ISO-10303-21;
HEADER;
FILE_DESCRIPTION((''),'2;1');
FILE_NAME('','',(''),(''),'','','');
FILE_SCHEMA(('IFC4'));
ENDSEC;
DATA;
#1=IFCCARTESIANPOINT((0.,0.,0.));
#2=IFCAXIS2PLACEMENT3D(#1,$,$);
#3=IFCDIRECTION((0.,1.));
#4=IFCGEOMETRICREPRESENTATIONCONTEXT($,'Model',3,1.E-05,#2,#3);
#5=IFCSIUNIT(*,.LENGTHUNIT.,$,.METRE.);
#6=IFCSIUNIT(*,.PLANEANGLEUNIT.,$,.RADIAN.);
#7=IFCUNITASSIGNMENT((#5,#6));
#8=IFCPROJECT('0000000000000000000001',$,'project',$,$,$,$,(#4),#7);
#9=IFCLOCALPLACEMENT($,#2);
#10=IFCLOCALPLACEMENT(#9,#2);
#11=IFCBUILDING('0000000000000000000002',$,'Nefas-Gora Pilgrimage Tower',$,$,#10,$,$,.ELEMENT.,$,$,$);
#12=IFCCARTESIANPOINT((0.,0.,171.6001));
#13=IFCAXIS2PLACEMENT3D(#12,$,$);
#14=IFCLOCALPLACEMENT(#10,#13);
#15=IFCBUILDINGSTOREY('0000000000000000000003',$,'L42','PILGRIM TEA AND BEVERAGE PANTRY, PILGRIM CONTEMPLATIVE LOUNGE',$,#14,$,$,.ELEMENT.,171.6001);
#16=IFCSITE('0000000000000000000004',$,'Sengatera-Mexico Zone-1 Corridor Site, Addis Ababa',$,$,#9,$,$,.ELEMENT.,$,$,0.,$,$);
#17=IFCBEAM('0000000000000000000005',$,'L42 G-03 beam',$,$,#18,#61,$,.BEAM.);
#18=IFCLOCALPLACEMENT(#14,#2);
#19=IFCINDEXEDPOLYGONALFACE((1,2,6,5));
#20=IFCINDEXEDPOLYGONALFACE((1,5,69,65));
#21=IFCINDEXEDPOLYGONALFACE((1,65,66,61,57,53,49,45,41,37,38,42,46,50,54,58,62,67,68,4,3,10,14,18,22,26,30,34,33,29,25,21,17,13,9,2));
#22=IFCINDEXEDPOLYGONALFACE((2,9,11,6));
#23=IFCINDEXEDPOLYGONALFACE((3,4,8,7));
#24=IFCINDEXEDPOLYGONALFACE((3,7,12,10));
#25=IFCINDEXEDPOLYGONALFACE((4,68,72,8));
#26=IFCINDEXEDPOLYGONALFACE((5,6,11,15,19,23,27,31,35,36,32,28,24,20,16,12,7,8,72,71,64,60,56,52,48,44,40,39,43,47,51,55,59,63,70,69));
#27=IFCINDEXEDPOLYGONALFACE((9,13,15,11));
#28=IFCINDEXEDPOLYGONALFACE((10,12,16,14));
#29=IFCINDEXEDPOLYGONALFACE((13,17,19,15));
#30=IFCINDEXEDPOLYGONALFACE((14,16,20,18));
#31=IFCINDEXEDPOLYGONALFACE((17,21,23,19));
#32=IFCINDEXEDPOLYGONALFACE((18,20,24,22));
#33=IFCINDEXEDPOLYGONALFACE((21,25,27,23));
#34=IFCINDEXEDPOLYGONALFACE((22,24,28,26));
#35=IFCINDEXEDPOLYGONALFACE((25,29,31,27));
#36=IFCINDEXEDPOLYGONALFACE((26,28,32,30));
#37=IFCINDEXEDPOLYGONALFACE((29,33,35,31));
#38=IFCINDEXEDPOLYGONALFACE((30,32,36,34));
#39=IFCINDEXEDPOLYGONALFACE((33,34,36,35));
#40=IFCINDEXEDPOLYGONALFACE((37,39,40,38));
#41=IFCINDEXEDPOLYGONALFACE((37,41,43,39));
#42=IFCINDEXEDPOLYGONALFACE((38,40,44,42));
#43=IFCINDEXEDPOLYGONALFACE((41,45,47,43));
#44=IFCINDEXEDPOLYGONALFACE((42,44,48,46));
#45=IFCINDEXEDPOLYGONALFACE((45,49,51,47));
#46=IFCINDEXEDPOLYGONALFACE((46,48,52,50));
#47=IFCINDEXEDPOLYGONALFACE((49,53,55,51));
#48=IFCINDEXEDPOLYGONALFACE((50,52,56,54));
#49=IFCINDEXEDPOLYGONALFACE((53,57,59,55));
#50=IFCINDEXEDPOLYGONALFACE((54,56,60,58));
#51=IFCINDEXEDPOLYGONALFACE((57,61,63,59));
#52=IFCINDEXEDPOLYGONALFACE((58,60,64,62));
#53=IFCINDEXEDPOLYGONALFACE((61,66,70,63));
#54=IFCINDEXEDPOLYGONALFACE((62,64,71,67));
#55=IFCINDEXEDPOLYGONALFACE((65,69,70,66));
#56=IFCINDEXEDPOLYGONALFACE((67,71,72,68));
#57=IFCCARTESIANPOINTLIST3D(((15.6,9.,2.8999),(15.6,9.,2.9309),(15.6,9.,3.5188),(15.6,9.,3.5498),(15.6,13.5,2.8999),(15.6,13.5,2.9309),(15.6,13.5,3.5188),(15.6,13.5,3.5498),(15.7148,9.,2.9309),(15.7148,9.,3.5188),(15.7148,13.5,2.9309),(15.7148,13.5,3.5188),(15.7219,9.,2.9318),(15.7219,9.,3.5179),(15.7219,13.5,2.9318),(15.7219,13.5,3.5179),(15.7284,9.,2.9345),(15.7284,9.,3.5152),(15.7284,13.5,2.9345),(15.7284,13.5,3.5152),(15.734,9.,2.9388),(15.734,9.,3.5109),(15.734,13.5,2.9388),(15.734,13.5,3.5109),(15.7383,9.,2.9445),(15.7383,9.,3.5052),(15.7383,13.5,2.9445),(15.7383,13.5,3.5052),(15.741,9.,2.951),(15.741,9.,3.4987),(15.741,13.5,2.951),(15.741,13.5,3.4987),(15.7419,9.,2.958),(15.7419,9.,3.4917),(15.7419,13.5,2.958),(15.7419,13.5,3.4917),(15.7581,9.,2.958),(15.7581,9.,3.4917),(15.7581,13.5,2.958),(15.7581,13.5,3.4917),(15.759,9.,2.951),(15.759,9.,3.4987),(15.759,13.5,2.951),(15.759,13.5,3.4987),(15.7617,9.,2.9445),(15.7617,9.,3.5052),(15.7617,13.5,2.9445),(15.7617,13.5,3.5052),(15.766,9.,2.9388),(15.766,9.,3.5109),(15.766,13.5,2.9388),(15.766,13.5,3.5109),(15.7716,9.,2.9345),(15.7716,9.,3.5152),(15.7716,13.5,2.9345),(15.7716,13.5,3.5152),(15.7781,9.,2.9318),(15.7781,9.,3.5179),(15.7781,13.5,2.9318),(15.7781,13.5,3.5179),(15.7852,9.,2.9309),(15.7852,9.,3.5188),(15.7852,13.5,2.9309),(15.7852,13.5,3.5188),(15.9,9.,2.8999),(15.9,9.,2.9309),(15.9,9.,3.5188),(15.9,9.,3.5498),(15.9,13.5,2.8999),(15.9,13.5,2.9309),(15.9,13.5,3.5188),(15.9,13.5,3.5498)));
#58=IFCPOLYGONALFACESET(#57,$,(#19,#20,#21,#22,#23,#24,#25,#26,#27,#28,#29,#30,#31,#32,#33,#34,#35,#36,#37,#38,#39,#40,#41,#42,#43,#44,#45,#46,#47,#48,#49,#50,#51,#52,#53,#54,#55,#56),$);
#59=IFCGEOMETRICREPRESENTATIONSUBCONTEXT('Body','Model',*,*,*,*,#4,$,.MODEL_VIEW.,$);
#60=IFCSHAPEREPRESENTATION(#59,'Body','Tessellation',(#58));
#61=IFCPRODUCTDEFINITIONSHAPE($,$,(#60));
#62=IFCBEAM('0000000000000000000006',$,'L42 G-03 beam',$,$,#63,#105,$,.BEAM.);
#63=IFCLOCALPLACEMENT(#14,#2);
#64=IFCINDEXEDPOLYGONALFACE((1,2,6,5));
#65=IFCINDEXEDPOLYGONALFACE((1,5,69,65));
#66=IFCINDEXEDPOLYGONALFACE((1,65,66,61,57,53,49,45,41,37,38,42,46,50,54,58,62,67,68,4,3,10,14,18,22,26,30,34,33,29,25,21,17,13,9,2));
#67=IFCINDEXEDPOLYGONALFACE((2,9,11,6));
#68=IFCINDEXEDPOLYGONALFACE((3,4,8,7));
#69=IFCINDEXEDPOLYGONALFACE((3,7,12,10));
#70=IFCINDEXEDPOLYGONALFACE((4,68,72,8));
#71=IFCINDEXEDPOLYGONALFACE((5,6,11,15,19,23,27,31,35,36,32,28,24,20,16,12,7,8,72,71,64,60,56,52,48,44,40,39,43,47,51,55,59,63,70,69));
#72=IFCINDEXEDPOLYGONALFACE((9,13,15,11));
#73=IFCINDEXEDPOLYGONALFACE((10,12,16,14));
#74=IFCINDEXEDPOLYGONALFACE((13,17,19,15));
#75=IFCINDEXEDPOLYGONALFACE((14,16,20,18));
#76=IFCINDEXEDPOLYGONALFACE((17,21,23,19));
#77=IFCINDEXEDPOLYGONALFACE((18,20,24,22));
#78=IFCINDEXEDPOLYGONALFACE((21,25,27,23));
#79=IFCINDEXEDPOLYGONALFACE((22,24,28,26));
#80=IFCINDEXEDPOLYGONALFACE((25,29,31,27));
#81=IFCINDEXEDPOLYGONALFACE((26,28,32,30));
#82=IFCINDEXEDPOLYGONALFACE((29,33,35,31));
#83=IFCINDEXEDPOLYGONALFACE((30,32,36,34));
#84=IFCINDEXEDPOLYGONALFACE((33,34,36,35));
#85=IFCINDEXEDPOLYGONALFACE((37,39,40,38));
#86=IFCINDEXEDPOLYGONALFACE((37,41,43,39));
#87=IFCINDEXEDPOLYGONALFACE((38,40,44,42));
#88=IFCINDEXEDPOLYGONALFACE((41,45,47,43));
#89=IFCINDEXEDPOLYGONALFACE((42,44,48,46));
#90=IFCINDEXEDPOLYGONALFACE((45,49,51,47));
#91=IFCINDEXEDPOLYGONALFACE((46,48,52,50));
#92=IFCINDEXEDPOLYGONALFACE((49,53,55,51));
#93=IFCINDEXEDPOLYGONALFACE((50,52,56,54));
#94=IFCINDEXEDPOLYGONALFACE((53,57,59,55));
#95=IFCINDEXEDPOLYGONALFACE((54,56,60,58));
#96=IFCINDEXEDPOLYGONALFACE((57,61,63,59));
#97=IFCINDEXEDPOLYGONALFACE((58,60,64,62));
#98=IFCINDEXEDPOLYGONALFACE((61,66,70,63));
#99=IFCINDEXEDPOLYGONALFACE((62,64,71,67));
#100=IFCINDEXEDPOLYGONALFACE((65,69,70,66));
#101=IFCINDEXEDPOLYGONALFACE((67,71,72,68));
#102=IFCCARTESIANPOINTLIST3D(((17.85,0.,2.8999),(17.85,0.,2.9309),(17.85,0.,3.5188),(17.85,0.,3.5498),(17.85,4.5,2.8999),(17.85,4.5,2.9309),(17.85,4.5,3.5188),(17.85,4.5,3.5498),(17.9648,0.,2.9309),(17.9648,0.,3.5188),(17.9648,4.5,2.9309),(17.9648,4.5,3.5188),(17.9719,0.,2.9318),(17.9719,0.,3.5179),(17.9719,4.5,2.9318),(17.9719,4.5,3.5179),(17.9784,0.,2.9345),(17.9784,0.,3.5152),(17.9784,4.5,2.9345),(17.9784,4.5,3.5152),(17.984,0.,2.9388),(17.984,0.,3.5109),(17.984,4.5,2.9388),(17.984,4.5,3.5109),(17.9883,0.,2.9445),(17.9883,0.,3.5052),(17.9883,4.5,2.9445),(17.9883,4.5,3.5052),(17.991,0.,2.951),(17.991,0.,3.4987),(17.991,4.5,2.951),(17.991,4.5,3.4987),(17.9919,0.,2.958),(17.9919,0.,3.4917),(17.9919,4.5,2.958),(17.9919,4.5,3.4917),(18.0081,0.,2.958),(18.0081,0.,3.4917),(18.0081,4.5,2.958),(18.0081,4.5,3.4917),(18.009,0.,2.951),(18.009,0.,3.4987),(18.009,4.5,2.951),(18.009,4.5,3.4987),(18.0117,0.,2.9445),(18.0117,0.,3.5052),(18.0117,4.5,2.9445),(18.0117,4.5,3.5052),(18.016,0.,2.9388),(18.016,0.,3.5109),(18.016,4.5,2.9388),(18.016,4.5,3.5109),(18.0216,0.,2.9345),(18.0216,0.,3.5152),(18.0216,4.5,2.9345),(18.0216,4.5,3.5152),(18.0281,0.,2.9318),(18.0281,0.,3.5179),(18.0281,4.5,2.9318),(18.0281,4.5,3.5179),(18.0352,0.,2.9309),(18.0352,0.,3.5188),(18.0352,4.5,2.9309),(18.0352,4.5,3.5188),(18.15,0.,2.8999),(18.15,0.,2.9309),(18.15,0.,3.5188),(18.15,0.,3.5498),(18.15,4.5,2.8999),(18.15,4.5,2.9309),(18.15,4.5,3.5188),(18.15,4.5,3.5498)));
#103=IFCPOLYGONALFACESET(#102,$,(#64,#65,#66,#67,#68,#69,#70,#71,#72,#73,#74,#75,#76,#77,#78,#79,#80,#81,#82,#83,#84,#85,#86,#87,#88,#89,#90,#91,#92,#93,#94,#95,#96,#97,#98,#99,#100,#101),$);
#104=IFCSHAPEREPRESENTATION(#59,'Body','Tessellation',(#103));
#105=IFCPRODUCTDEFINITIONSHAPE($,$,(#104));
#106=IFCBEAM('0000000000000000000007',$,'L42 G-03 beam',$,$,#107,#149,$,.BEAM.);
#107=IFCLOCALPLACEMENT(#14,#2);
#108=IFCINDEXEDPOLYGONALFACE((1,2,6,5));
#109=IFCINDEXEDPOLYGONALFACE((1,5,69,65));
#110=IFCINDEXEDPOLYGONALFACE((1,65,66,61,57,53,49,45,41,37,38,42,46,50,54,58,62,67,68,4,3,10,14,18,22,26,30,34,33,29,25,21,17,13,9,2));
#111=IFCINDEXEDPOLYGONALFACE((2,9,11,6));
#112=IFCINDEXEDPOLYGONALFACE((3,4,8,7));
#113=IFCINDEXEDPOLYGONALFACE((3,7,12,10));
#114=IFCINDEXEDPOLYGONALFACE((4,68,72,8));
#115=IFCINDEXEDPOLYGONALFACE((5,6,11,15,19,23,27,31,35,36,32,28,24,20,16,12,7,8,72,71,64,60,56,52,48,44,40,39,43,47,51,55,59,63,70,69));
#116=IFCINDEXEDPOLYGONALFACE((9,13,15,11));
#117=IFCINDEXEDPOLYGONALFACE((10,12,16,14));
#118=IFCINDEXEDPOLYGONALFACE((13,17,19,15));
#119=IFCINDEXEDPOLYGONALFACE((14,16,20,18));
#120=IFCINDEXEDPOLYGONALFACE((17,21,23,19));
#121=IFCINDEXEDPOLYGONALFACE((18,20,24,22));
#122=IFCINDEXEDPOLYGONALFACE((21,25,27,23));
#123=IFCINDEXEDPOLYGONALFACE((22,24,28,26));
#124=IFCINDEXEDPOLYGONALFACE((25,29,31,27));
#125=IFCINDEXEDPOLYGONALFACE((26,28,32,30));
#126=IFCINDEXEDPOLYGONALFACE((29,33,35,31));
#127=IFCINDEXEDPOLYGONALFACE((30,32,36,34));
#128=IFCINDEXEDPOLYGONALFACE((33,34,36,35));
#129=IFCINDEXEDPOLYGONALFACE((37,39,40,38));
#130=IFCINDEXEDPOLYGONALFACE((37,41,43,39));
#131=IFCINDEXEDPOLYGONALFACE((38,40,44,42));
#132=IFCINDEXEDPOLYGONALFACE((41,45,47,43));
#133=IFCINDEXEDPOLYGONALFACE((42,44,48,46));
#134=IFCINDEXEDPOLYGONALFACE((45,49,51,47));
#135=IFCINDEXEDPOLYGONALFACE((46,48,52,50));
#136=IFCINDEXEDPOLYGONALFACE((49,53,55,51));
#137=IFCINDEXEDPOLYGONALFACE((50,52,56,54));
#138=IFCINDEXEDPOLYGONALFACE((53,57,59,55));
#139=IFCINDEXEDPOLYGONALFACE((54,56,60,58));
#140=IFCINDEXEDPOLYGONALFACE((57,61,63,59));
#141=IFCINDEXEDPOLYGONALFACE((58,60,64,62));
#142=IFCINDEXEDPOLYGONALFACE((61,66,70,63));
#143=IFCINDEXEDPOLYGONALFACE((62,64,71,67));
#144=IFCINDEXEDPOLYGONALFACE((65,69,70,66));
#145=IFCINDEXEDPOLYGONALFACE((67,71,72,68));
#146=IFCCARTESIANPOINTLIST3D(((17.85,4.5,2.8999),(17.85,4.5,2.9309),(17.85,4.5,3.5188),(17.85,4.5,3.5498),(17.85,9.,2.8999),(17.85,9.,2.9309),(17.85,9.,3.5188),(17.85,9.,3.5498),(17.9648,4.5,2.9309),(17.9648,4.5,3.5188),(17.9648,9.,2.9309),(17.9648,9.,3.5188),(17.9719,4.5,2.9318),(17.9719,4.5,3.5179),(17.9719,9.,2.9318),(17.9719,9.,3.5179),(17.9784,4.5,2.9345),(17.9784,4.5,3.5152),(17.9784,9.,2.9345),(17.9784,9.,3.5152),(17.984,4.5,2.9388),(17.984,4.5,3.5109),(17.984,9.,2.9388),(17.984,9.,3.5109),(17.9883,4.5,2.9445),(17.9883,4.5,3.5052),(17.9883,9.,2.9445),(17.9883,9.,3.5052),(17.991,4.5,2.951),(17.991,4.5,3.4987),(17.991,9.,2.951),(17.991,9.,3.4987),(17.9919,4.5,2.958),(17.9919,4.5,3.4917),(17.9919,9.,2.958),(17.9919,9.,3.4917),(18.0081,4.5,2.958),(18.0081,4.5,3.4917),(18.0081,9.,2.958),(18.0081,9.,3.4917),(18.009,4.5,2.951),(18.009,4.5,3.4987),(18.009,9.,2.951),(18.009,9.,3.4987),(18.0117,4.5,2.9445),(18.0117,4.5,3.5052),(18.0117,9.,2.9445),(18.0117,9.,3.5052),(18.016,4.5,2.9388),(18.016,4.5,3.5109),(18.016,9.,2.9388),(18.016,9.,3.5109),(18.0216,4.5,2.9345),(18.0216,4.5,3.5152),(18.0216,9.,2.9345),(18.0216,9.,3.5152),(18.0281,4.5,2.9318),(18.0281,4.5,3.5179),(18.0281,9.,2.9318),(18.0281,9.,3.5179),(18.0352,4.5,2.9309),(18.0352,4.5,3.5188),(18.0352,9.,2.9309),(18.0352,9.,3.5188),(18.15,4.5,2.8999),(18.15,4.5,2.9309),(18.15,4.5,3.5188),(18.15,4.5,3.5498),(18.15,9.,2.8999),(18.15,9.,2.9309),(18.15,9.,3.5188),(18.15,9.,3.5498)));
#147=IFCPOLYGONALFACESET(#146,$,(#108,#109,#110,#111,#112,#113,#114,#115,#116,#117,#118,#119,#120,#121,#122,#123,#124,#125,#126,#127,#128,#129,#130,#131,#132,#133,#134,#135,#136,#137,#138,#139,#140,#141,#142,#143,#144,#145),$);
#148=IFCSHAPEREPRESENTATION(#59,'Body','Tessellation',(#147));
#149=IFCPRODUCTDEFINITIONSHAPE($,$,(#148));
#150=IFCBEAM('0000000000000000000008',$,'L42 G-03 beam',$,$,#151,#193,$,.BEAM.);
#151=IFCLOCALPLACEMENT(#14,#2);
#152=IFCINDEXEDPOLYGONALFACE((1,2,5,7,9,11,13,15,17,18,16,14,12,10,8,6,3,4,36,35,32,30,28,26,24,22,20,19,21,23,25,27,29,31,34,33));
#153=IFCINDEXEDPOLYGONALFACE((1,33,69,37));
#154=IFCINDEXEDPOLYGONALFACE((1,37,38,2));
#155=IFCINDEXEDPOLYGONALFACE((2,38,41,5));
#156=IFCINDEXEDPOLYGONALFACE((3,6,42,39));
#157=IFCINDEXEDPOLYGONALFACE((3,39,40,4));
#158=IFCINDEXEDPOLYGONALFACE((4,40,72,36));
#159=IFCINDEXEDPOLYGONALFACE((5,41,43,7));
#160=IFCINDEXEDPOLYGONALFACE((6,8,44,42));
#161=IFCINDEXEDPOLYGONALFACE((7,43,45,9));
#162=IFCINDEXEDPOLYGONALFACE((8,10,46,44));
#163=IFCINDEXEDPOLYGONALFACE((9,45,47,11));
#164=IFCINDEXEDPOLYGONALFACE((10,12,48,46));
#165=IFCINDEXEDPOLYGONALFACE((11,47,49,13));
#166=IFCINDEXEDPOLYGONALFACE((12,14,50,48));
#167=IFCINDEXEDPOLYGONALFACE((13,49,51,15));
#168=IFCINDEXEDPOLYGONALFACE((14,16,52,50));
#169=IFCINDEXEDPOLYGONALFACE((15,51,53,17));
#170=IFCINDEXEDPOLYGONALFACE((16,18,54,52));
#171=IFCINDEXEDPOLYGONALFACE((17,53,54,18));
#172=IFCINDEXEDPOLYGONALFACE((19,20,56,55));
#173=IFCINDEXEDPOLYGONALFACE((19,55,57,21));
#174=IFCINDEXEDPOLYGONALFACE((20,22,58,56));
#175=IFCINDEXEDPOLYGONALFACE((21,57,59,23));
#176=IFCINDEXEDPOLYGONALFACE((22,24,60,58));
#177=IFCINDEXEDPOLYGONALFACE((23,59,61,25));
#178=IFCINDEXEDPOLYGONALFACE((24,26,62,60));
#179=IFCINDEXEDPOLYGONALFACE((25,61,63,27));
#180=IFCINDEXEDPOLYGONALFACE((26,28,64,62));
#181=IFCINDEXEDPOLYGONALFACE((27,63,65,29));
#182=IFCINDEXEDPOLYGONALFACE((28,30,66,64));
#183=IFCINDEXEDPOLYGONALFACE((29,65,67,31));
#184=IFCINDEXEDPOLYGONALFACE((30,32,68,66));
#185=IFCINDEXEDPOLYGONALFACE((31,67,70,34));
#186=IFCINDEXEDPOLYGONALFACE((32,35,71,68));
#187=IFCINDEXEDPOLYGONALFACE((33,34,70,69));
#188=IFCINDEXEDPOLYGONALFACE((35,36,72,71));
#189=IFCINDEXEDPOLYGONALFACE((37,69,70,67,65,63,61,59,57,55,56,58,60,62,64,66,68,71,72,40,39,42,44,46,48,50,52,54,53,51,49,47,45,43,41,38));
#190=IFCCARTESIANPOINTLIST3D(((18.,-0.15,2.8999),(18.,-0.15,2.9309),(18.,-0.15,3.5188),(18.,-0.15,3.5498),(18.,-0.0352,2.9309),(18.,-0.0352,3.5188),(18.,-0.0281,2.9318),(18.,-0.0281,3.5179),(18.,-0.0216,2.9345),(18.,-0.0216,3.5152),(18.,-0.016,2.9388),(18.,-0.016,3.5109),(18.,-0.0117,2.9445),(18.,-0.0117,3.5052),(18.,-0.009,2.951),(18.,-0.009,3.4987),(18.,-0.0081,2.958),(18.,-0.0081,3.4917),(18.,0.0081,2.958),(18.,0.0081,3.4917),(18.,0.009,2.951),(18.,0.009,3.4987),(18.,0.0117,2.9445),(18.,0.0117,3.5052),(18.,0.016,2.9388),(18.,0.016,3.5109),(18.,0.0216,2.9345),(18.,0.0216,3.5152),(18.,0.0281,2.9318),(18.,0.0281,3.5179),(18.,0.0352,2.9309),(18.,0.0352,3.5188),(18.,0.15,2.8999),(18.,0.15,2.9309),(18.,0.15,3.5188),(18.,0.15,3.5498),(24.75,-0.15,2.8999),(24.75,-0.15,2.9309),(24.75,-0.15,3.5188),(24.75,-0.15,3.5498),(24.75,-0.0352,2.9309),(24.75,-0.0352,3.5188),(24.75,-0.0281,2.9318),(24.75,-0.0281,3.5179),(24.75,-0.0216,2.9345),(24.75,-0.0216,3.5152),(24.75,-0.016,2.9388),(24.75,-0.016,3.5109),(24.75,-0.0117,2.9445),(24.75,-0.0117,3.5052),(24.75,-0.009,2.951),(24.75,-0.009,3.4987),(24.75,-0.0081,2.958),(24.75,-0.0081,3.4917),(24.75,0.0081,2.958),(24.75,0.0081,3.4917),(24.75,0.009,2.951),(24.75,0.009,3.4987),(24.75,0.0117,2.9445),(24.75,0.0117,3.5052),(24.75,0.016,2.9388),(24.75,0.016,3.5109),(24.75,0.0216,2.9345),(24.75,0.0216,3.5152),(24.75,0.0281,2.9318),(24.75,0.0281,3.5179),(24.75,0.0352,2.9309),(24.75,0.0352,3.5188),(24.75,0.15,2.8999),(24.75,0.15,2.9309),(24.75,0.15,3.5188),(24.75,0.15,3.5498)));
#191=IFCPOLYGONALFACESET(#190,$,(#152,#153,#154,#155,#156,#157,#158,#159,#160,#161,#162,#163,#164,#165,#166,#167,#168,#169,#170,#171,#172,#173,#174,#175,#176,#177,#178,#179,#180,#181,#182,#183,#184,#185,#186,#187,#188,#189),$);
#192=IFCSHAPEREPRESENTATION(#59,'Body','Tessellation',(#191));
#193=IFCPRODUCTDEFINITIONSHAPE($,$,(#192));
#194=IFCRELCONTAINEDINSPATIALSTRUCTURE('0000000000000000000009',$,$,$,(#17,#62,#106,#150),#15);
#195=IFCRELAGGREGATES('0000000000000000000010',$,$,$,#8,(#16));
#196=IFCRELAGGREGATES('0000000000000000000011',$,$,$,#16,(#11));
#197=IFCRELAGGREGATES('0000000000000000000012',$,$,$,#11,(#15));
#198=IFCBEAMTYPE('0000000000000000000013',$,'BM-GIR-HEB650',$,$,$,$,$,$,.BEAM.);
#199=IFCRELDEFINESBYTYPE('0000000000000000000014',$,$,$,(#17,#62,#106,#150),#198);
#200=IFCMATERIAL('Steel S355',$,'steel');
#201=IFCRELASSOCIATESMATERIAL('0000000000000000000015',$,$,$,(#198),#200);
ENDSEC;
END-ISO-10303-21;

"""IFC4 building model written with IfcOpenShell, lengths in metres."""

from ifc_helpers import new_model, si_unit, direction, frame, origin, origin_2d, place, context, subcontext, project, spatial, i_section, extrude, source, transform, mapped, material, material_profile, profile_set, type_object, element, save


model = new_model("IFC4")

# Units and contexts
model_context = context("Model", 3, precision=1e-05, world=origin(), true_north=direction((0.0, 1.0)))
body_context = subcontext(model_context, "Body", "Model", "MODEL_VIEW")
ifc_project = project(units=[si_unit("LENGTHUNIT", "METRE"), si_unit("PLANEANGLEUNIT", "RADIAN")], contexts=[model_context])

# Site, building, storey
site_placement = place(None, origin())
site = spatial("IfcSite", under=ifc_project, at=site_placement, Name="Sengatera-Mexico Zone-1 Corridor Site, Addis Ababa", CompositionType="ELEMENT", RefElevation=0.0)
building_placement = place(site_placement, origin())
building = spatial("IfcBuilding", under=site, at=building_placement, Name="Nefas-Gora Pilgrimage Tower", CompositionType="ELEMENT")
storey_placement = place(building_placement, frame((0.0, 0.0, 171.6001)))
storey = spatial("IfcBuildingStorey", under=building, at=storey_placement, Name="L42", Description="PILGRIM TEA AND BEVERAGE PANTRY, PILGRIM CONTEMPLATIVE LOUNGE", CompositionType="ELEMENT", Elevation=171.6001)

# Beams
ifc_material_1 = material(Name="Steel S355", Category="steel")
ifc_material_profile_1 = material_profile(ifc_material_1, i_section(OverallWidth=0.3, OverallDepth=0.6499, WebThickness=0.0161, FlangeThickness=0.031, FilletRadius=0.0271, at=origin_2d()), Name="HEB 650")
ifc_profile_set_1 = profile_set([ifc_material_profile_1], Name="Steel S355")
beam_type_1 = type_object("IfcBeamType", Name="BM-GIR-HEB650", PredefinedType="BEAM", material=ifc_profile_set_1)
shared_shape_1 = source(origin(), body_context, "Body", "SweptSolid", [
    extrude(i_section(OverallWidth=0.3, OverallDepth=0.6499, WebThickness=0.0161, FlangeThickness=0.031, FilletRadius=0.0271, at=origin_2d()), origin(), (0.0, 0.0, 1.0), 4.5),
])
for number, where, z_axis, x_axis, name in (
    (1, (15.75, 9.0, 3.2249), (0.0, 1.0, 0.0), (-1.0, 0.0, 0.0), "L42 G-03 beam"),
    (2, (18.0, 0.0, 3.2249), (0.0, 1.0, 0.0), (-1.0, 0.0, 0.0), "L42 G-03 beam"),
    (3, (18.0, 4.5, 3.2249), (0.0, 1.0, 0.0), (-1.0, 0.0, 0.0), "L42 G-03 beam"),
):
    element("IfcBeam", number, at=place(storey_placement, frame(where, z_axis=z_axis, x_axis=x_axis)), inside=storey, type_object=beam_type_1, Name=name, PredefinedType="BEAM", context=body_context, shape_type="MappedRepresentation", body=[
        mapped(shared_shape_1, transform((0.0, 0.0, 0.0), x_axis=(1.0, 0.0, 0.0), y_axis=(0.0, 1.0, 0.0), z_axis=(0.0, 0.0, 1.0), scale=1.0)),
    ])
shared_shape_2 = source(origin(), body_context, "Body", "SweptSolid", [
    extrude(i_section(OverallWidth=0.3, OverallDepth=0.6499, WebThickness=0.0161, FlangeThickness=0.031, FilletRadius=0.0271, at=origin_2d()), origin(), (0.0, 0.0, 1.0), 6.75),
])
for number, where, z_axis, x_axis, name in (
    (4, (18.0, 0.0, 3.2249), (1.0, 0.0, 0.0), (0.0, 1.0, 0.0), "L42 G-03 beam"),
):
    element("IfcBeam", number, at=place(storey_placement, frame(where, z_axis=z_axis, x_axis=x_axis)), inside=storey, type_object=beam_type_1, Name=name, PredefinedType="BEAM", context=body_context, shape_type="MappedRepresentation", body=[
        mapped(shared_shape_2, transform((0.0, 0.0, 0.0), x_axis=(1.0, 0.0, 0.0), y_axis=(0.0, 1.0, 0.0), z_axis=(0.0, 0.0, 1.0), scale=1.0)),
    ])

save(model, "model.ifc")
